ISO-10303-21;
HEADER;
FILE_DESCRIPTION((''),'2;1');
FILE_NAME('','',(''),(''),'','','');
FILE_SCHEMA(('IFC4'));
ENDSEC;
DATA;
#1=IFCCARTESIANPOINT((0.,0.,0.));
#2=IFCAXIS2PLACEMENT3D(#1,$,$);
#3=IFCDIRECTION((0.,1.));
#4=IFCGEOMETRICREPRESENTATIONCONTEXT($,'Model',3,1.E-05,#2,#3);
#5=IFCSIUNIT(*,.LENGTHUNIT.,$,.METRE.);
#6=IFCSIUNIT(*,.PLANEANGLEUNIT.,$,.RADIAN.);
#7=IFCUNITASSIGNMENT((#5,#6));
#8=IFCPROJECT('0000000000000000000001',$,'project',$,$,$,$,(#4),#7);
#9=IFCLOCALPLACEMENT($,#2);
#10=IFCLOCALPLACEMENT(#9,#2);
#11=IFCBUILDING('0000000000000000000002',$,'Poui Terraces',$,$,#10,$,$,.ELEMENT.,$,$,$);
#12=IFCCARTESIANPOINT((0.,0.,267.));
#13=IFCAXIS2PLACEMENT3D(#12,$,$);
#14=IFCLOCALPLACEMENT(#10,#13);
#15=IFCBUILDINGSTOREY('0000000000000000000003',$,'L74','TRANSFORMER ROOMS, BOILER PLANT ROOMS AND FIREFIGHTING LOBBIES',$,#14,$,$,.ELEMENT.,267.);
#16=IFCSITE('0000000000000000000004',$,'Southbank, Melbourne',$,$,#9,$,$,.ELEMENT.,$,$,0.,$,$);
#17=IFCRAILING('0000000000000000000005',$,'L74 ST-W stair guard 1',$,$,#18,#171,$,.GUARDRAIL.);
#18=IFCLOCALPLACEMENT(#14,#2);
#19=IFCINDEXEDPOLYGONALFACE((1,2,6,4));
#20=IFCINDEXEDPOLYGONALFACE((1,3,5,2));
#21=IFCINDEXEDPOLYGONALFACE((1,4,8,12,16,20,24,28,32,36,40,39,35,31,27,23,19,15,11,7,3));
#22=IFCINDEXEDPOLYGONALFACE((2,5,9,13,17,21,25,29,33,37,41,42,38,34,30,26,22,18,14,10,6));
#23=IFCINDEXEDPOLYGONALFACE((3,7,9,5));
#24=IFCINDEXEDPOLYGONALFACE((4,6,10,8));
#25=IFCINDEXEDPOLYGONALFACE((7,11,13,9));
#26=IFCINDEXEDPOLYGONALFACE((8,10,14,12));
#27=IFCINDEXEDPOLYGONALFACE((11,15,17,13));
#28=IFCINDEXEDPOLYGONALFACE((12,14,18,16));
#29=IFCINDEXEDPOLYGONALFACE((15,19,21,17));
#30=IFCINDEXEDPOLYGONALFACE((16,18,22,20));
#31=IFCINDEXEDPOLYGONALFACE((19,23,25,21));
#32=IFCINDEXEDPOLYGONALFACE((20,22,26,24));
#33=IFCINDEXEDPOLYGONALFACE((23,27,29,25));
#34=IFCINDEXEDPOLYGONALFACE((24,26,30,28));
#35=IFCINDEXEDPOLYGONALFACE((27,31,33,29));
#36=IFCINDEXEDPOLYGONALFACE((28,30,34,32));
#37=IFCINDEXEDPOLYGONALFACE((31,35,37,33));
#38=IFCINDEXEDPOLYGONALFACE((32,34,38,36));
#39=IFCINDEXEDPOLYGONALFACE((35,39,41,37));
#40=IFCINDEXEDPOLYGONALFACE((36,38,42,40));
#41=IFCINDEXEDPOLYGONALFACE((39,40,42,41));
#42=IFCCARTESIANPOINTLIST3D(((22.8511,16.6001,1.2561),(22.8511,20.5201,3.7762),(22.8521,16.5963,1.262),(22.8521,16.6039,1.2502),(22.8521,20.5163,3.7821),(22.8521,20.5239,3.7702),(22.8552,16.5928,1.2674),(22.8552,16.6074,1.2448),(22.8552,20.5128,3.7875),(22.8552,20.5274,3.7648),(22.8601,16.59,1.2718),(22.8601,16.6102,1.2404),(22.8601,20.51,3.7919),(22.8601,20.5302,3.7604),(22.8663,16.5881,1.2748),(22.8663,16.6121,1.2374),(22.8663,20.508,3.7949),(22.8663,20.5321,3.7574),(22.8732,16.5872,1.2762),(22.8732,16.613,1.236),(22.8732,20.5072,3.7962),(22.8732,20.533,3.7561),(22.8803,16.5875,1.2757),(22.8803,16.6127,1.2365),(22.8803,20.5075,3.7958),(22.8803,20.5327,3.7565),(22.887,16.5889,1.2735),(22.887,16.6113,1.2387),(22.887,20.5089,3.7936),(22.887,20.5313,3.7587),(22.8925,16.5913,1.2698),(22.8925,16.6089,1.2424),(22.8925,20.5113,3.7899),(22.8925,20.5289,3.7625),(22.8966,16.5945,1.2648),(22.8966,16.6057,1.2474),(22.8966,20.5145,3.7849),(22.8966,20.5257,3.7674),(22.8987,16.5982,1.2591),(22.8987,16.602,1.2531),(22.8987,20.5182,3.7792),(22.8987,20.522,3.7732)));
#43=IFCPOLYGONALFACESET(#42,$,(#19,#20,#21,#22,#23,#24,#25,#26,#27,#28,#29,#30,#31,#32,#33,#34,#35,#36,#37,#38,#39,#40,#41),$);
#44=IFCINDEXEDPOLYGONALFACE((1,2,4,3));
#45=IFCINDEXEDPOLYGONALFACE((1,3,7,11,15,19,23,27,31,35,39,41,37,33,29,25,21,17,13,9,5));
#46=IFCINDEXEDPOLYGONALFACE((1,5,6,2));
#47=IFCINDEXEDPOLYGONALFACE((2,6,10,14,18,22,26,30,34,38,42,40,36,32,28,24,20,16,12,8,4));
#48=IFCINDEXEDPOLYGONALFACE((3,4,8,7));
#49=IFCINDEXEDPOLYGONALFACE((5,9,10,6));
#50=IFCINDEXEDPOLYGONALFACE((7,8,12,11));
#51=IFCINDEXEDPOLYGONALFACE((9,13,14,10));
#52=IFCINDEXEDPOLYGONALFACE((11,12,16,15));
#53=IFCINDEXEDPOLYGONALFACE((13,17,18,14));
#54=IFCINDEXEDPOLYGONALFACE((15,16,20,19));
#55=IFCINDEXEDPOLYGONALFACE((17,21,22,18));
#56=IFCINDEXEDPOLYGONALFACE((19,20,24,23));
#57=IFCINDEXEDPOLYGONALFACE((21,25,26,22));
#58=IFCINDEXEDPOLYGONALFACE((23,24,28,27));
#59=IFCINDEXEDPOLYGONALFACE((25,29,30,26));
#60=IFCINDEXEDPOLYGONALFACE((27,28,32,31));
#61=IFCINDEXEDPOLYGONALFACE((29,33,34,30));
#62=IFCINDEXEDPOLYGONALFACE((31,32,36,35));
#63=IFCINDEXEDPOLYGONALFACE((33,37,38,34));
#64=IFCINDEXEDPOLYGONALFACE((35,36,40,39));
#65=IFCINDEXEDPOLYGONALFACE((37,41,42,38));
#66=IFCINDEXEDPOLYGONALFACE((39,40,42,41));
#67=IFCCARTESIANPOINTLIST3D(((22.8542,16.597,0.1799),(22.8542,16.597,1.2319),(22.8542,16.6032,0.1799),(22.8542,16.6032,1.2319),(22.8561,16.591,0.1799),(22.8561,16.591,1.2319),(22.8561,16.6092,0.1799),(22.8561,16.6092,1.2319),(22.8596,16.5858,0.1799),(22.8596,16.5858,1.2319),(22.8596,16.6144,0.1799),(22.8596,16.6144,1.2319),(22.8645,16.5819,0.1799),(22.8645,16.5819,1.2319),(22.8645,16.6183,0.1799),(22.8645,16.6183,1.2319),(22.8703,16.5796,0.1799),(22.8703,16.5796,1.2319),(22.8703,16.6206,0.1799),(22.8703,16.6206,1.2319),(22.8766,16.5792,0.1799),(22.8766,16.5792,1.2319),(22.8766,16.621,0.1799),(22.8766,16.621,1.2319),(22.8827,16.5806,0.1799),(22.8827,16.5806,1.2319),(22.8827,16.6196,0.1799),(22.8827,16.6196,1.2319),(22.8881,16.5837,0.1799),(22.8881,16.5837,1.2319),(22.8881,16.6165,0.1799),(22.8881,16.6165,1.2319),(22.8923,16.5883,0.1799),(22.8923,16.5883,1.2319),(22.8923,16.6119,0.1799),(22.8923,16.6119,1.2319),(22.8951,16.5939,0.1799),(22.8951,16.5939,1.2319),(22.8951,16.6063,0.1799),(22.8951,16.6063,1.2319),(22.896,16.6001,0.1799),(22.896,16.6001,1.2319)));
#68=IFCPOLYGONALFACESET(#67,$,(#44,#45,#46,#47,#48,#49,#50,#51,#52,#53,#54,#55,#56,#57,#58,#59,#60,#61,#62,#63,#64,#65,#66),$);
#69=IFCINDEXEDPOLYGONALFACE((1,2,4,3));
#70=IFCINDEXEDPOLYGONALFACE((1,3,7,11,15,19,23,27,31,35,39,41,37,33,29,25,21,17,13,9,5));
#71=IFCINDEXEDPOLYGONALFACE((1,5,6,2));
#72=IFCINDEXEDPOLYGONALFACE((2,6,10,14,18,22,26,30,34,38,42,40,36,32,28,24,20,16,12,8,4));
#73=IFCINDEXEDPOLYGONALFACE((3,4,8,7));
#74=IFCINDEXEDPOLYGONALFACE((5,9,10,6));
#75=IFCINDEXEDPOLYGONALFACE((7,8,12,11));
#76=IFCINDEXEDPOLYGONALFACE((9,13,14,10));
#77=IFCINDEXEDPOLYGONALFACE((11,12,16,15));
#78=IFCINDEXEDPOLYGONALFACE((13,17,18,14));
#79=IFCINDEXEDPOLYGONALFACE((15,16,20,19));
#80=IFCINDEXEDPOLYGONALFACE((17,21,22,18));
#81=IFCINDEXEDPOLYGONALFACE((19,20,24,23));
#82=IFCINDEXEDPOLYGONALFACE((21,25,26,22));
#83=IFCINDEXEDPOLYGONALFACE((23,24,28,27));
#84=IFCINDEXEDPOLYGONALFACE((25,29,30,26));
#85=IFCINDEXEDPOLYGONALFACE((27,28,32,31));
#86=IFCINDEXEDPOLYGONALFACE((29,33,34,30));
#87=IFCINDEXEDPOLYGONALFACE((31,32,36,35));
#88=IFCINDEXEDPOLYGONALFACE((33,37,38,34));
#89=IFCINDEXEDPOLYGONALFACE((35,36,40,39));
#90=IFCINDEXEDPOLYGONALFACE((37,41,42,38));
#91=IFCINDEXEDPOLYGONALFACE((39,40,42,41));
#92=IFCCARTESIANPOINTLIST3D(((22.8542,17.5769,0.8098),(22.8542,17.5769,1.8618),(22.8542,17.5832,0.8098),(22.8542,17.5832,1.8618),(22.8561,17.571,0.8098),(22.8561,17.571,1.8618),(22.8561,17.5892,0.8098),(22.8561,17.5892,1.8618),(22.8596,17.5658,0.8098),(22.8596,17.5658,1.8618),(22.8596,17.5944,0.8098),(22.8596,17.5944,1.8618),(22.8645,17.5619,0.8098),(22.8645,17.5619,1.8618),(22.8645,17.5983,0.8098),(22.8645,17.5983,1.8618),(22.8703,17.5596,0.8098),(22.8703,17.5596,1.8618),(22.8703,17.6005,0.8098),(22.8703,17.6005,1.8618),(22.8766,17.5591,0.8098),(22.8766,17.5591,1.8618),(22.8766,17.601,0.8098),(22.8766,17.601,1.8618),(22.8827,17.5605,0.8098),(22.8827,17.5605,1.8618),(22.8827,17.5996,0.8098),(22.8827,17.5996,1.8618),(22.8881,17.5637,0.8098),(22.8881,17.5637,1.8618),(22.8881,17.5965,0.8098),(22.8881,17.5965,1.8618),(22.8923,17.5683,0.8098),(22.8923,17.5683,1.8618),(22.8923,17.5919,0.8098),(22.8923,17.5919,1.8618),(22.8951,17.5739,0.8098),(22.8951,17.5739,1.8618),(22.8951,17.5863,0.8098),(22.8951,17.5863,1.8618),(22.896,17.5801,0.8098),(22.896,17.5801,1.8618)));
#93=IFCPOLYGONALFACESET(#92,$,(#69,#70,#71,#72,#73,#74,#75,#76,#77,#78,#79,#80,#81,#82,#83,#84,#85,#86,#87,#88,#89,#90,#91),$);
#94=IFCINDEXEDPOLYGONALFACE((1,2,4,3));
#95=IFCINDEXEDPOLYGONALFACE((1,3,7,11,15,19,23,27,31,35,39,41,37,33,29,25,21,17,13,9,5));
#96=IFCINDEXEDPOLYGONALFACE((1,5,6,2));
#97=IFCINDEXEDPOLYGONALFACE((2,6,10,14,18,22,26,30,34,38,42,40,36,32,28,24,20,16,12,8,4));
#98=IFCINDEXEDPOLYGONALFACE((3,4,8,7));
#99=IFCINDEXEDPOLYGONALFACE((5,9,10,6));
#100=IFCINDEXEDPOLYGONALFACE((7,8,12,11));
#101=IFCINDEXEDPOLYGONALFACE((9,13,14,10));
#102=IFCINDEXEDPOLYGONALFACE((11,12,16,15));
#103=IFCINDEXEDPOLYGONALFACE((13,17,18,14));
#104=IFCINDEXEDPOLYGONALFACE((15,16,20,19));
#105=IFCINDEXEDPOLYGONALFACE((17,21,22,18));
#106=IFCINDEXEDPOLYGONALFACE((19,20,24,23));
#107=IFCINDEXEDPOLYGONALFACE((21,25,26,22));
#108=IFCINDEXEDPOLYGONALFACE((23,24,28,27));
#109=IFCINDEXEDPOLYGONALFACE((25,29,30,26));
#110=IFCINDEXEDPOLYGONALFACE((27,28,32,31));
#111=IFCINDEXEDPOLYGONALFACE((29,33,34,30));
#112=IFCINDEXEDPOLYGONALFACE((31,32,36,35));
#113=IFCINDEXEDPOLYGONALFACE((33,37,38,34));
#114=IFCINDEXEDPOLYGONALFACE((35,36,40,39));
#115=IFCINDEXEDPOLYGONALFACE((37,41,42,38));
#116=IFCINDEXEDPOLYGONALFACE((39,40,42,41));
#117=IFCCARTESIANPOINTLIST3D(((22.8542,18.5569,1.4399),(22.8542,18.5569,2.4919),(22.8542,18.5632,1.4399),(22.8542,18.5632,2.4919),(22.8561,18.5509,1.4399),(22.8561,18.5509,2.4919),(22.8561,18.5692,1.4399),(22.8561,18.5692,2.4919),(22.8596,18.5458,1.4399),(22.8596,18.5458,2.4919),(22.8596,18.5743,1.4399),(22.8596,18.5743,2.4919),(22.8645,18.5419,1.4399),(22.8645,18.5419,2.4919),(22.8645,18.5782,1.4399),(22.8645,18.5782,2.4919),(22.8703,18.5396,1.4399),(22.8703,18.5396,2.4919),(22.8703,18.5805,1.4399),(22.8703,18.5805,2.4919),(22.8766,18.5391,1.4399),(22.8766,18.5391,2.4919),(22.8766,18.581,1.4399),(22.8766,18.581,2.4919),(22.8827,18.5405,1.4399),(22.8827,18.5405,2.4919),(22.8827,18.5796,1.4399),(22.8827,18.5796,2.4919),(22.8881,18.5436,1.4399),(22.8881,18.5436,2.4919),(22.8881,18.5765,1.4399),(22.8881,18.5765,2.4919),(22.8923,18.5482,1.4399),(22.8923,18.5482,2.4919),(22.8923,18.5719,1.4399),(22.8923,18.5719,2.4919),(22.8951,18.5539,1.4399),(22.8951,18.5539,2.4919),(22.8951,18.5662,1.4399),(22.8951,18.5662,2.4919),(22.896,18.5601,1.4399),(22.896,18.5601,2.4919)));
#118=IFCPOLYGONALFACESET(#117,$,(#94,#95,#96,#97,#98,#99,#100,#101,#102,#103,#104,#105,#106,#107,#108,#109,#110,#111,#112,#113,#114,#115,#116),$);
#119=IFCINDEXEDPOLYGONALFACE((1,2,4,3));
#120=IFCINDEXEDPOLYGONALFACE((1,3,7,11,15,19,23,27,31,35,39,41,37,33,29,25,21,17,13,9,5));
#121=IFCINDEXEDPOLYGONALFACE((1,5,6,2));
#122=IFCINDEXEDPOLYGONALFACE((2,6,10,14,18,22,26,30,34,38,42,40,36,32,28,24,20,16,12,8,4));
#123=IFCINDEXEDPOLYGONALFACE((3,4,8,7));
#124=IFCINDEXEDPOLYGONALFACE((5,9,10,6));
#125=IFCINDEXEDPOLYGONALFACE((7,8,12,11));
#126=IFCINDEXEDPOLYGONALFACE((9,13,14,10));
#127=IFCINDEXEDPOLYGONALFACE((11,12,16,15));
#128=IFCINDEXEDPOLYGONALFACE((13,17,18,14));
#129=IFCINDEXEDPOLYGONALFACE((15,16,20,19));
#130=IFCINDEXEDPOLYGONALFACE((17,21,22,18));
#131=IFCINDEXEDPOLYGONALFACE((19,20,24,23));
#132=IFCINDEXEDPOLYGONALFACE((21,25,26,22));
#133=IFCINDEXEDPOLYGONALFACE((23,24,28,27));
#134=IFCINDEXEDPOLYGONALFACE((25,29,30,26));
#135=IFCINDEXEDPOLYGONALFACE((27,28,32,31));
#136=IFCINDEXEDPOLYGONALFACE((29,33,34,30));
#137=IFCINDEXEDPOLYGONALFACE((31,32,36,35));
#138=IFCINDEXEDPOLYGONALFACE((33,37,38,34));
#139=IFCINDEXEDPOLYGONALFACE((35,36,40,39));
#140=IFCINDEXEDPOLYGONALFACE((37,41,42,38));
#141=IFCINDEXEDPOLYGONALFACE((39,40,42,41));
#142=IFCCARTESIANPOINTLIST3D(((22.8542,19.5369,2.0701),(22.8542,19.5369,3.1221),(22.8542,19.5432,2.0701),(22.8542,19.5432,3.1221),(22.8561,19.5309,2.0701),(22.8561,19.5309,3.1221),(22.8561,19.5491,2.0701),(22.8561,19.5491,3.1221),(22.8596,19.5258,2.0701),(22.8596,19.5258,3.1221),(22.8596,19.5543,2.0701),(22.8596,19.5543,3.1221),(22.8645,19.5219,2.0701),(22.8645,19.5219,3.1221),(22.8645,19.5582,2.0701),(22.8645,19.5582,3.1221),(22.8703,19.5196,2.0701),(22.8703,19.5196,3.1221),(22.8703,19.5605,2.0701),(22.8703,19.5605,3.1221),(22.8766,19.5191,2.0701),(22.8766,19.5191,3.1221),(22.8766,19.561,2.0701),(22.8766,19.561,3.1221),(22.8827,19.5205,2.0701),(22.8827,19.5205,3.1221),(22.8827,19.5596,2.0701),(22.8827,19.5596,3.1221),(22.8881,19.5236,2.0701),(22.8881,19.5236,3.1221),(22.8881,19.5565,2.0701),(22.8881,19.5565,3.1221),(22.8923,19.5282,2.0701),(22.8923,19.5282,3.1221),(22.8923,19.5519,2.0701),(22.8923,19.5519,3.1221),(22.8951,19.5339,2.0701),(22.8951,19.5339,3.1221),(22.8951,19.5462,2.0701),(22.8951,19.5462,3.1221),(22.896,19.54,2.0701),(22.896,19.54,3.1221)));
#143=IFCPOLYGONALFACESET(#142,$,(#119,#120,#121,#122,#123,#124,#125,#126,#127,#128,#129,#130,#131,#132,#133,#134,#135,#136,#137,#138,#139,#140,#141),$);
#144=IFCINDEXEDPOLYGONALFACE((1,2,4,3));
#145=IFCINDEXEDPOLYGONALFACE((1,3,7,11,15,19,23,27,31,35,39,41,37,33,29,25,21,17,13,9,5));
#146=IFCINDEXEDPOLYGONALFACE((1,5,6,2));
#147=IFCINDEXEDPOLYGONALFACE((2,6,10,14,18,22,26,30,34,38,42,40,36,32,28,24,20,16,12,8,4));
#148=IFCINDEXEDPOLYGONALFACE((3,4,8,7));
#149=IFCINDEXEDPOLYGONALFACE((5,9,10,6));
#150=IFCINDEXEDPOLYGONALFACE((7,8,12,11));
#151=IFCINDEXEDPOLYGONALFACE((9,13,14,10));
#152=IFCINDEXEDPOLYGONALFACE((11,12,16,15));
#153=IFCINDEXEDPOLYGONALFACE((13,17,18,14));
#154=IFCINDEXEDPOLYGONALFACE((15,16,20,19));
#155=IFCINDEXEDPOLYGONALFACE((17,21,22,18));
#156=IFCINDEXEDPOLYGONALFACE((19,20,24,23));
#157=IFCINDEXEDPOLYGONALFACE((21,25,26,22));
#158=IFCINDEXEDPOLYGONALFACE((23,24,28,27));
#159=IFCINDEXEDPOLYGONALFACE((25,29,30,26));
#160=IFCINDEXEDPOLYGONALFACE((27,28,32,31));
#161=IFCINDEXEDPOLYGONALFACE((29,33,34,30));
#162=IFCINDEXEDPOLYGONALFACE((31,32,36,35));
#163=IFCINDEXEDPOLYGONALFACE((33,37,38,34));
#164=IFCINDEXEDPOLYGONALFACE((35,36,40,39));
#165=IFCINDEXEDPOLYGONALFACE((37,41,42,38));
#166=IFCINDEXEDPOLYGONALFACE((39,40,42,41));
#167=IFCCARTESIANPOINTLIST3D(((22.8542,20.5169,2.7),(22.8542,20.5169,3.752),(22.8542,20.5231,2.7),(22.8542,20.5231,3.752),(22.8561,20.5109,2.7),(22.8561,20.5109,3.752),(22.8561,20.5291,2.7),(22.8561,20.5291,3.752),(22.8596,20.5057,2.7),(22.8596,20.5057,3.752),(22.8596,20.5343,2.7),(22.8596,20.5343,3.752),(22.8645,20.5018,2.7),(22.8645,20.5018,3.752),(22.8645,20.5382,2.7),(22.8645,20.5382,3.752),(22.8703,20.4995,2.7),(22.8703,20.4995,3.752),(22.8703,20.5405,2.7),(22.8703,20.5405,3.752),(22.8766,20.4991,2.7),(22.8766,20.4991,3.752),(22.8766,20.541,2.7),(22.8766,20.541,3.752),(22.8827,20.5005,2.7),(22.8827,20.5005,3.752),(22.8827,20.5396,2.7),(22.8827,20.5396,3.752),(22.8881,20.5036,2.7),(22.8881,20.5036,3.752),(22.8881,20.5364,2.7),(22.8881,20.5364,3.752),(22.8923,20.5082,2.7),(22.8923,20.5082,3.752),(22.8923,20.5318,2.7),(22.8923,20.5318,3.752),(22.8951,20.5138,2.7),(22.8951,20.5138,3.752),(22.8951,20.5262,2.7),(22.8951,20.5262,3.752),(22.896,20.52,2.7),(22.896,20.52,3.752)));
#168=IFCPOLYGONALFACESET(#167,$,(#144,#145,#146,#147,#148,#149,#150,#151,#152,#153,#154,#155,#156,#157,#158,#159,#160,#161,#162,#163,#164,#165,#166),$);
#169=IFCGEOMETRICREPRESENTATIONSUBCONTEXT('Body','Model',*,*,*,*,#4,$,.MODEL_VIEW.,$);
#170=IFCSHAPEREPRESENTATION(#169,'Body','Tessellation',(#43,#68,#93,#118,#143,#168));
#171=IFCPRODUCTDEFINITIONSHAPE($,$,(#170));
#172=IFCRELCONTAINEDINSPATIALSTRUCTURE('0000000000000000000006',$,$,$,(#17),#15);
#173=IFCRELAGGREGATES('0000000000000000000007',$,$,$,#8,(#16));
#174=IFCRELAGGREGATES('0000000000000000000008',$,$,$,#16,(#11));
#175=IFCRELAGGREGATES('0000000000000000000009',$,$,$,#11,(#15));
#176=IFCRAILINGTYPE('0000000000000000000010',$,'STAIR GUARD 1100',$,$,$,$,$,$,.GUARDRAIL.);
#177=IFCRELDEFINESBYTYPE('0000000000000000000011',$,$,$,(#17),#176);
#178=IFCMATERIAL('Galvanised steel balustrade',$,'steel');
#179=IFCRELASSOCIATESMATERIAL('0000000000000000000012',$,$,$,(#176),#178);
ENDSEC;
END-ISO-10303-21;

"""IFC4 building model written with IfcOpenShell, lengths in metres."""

from ifc_helpers import new_model, si_unit, direction, frame, origin, origin_2d, place, context, subcontext, project, spatial, circle, extrude, material, type_object, element, save


model = new_model("IFC4")

# Units and contexts
model_context = context("Model", 3, precision=1e-05, world=origin(), true_north=direction((0.0, 1.0)))
body_context = subcontext(model_context, "Body", "Model", "MODEL_VIEW")
ifc_project = project(units=[si_unit("LENGTHUNIT", "METRE"), si_unit("PLANEANGLEUNIT", "RADIAN")], contexts=[model_context])

# Site, building, storey
site_placement = place(None, origin())
site = spatial("IfcSite", under=ifc_project, at=site_placement, Name="Southbank, Melbourne", CompositionType="ELEMENT", RefElevation=0.0)
building_placement = place(site_placement, origin())
building = spatial("IfcBuilding", under=site, at=building_placement, Name="Poui Terraces", CompositionType="ELEMENT")
storey_placement = place(building_placement, frame((0.0, 0.0, 267.0)))
storey = spatial("IfcBuildingStorey", under=building, at=storey_placement, Name="L74", Description="TRANSFORMER ROOMS, BOILER PLANT ROOMS AND FIREFIGHTING LOBBIES", CompositionType="ELEMENT", Elevation=267.0)

# Railing
ifc_material_1 = material(Name="Galvanised steel balustrade", Category="steel")
railing_type_1 = type_object("IfcRailingType", Name="STAIR GUARD 1100", PredefinedType="GUARDRAIL", material=ifc_material_1)
railing_1_placement = place(storey_placement, frame((22.875, 16.6001, 0.1799)))
element("IfcRailing", 1, at=railing_1_placement, inside=storey, type_object=railing_type_1, Name="L74 ST-W stair guard 1", PredefinedType="GUARDRAIL", context=body_context, shape_type="SweptSolid", body=[
    extrude(circle(Radius=0.0239, at=origin_2d()), frame((0.0, 0.0, 1.0762), z_axis=(0.0, 0.841172, 0.540768), x_axis=(-1.0, 0.0, 0.0)), (0.0, 0.0, 1.0), 4.6602),
    extrude(circle(Radius=0.021, at=origin_2d()), origin(), (0.0, 0.0, 1.0), 1.052),
    extrude(circle(Radius=0.021, at=origin_2d()), frame((0.0, 0.98, 0.6299)), (0.0, 0.0, 1.0), 1.052),
    extrude(circle(Radius=0.021, at=origin_2d()), frame((0.0, 1.96, 1.26)), (0.0, 0.0, 1.0), 1.052),
    extrude(circle(Radius=0.021, at=origin_2d()), frame((0.0, 2.9399, 1.8901)), (0.0, 0.0, 1.0), 1.052),
    extrude(circle(Radius=0.021, at=origin_2d()), frame((0.0, 3.9199, 2.52)), (0.0, 0.0, 1.0), 1.052),
])

save(model, "model.ifc")
